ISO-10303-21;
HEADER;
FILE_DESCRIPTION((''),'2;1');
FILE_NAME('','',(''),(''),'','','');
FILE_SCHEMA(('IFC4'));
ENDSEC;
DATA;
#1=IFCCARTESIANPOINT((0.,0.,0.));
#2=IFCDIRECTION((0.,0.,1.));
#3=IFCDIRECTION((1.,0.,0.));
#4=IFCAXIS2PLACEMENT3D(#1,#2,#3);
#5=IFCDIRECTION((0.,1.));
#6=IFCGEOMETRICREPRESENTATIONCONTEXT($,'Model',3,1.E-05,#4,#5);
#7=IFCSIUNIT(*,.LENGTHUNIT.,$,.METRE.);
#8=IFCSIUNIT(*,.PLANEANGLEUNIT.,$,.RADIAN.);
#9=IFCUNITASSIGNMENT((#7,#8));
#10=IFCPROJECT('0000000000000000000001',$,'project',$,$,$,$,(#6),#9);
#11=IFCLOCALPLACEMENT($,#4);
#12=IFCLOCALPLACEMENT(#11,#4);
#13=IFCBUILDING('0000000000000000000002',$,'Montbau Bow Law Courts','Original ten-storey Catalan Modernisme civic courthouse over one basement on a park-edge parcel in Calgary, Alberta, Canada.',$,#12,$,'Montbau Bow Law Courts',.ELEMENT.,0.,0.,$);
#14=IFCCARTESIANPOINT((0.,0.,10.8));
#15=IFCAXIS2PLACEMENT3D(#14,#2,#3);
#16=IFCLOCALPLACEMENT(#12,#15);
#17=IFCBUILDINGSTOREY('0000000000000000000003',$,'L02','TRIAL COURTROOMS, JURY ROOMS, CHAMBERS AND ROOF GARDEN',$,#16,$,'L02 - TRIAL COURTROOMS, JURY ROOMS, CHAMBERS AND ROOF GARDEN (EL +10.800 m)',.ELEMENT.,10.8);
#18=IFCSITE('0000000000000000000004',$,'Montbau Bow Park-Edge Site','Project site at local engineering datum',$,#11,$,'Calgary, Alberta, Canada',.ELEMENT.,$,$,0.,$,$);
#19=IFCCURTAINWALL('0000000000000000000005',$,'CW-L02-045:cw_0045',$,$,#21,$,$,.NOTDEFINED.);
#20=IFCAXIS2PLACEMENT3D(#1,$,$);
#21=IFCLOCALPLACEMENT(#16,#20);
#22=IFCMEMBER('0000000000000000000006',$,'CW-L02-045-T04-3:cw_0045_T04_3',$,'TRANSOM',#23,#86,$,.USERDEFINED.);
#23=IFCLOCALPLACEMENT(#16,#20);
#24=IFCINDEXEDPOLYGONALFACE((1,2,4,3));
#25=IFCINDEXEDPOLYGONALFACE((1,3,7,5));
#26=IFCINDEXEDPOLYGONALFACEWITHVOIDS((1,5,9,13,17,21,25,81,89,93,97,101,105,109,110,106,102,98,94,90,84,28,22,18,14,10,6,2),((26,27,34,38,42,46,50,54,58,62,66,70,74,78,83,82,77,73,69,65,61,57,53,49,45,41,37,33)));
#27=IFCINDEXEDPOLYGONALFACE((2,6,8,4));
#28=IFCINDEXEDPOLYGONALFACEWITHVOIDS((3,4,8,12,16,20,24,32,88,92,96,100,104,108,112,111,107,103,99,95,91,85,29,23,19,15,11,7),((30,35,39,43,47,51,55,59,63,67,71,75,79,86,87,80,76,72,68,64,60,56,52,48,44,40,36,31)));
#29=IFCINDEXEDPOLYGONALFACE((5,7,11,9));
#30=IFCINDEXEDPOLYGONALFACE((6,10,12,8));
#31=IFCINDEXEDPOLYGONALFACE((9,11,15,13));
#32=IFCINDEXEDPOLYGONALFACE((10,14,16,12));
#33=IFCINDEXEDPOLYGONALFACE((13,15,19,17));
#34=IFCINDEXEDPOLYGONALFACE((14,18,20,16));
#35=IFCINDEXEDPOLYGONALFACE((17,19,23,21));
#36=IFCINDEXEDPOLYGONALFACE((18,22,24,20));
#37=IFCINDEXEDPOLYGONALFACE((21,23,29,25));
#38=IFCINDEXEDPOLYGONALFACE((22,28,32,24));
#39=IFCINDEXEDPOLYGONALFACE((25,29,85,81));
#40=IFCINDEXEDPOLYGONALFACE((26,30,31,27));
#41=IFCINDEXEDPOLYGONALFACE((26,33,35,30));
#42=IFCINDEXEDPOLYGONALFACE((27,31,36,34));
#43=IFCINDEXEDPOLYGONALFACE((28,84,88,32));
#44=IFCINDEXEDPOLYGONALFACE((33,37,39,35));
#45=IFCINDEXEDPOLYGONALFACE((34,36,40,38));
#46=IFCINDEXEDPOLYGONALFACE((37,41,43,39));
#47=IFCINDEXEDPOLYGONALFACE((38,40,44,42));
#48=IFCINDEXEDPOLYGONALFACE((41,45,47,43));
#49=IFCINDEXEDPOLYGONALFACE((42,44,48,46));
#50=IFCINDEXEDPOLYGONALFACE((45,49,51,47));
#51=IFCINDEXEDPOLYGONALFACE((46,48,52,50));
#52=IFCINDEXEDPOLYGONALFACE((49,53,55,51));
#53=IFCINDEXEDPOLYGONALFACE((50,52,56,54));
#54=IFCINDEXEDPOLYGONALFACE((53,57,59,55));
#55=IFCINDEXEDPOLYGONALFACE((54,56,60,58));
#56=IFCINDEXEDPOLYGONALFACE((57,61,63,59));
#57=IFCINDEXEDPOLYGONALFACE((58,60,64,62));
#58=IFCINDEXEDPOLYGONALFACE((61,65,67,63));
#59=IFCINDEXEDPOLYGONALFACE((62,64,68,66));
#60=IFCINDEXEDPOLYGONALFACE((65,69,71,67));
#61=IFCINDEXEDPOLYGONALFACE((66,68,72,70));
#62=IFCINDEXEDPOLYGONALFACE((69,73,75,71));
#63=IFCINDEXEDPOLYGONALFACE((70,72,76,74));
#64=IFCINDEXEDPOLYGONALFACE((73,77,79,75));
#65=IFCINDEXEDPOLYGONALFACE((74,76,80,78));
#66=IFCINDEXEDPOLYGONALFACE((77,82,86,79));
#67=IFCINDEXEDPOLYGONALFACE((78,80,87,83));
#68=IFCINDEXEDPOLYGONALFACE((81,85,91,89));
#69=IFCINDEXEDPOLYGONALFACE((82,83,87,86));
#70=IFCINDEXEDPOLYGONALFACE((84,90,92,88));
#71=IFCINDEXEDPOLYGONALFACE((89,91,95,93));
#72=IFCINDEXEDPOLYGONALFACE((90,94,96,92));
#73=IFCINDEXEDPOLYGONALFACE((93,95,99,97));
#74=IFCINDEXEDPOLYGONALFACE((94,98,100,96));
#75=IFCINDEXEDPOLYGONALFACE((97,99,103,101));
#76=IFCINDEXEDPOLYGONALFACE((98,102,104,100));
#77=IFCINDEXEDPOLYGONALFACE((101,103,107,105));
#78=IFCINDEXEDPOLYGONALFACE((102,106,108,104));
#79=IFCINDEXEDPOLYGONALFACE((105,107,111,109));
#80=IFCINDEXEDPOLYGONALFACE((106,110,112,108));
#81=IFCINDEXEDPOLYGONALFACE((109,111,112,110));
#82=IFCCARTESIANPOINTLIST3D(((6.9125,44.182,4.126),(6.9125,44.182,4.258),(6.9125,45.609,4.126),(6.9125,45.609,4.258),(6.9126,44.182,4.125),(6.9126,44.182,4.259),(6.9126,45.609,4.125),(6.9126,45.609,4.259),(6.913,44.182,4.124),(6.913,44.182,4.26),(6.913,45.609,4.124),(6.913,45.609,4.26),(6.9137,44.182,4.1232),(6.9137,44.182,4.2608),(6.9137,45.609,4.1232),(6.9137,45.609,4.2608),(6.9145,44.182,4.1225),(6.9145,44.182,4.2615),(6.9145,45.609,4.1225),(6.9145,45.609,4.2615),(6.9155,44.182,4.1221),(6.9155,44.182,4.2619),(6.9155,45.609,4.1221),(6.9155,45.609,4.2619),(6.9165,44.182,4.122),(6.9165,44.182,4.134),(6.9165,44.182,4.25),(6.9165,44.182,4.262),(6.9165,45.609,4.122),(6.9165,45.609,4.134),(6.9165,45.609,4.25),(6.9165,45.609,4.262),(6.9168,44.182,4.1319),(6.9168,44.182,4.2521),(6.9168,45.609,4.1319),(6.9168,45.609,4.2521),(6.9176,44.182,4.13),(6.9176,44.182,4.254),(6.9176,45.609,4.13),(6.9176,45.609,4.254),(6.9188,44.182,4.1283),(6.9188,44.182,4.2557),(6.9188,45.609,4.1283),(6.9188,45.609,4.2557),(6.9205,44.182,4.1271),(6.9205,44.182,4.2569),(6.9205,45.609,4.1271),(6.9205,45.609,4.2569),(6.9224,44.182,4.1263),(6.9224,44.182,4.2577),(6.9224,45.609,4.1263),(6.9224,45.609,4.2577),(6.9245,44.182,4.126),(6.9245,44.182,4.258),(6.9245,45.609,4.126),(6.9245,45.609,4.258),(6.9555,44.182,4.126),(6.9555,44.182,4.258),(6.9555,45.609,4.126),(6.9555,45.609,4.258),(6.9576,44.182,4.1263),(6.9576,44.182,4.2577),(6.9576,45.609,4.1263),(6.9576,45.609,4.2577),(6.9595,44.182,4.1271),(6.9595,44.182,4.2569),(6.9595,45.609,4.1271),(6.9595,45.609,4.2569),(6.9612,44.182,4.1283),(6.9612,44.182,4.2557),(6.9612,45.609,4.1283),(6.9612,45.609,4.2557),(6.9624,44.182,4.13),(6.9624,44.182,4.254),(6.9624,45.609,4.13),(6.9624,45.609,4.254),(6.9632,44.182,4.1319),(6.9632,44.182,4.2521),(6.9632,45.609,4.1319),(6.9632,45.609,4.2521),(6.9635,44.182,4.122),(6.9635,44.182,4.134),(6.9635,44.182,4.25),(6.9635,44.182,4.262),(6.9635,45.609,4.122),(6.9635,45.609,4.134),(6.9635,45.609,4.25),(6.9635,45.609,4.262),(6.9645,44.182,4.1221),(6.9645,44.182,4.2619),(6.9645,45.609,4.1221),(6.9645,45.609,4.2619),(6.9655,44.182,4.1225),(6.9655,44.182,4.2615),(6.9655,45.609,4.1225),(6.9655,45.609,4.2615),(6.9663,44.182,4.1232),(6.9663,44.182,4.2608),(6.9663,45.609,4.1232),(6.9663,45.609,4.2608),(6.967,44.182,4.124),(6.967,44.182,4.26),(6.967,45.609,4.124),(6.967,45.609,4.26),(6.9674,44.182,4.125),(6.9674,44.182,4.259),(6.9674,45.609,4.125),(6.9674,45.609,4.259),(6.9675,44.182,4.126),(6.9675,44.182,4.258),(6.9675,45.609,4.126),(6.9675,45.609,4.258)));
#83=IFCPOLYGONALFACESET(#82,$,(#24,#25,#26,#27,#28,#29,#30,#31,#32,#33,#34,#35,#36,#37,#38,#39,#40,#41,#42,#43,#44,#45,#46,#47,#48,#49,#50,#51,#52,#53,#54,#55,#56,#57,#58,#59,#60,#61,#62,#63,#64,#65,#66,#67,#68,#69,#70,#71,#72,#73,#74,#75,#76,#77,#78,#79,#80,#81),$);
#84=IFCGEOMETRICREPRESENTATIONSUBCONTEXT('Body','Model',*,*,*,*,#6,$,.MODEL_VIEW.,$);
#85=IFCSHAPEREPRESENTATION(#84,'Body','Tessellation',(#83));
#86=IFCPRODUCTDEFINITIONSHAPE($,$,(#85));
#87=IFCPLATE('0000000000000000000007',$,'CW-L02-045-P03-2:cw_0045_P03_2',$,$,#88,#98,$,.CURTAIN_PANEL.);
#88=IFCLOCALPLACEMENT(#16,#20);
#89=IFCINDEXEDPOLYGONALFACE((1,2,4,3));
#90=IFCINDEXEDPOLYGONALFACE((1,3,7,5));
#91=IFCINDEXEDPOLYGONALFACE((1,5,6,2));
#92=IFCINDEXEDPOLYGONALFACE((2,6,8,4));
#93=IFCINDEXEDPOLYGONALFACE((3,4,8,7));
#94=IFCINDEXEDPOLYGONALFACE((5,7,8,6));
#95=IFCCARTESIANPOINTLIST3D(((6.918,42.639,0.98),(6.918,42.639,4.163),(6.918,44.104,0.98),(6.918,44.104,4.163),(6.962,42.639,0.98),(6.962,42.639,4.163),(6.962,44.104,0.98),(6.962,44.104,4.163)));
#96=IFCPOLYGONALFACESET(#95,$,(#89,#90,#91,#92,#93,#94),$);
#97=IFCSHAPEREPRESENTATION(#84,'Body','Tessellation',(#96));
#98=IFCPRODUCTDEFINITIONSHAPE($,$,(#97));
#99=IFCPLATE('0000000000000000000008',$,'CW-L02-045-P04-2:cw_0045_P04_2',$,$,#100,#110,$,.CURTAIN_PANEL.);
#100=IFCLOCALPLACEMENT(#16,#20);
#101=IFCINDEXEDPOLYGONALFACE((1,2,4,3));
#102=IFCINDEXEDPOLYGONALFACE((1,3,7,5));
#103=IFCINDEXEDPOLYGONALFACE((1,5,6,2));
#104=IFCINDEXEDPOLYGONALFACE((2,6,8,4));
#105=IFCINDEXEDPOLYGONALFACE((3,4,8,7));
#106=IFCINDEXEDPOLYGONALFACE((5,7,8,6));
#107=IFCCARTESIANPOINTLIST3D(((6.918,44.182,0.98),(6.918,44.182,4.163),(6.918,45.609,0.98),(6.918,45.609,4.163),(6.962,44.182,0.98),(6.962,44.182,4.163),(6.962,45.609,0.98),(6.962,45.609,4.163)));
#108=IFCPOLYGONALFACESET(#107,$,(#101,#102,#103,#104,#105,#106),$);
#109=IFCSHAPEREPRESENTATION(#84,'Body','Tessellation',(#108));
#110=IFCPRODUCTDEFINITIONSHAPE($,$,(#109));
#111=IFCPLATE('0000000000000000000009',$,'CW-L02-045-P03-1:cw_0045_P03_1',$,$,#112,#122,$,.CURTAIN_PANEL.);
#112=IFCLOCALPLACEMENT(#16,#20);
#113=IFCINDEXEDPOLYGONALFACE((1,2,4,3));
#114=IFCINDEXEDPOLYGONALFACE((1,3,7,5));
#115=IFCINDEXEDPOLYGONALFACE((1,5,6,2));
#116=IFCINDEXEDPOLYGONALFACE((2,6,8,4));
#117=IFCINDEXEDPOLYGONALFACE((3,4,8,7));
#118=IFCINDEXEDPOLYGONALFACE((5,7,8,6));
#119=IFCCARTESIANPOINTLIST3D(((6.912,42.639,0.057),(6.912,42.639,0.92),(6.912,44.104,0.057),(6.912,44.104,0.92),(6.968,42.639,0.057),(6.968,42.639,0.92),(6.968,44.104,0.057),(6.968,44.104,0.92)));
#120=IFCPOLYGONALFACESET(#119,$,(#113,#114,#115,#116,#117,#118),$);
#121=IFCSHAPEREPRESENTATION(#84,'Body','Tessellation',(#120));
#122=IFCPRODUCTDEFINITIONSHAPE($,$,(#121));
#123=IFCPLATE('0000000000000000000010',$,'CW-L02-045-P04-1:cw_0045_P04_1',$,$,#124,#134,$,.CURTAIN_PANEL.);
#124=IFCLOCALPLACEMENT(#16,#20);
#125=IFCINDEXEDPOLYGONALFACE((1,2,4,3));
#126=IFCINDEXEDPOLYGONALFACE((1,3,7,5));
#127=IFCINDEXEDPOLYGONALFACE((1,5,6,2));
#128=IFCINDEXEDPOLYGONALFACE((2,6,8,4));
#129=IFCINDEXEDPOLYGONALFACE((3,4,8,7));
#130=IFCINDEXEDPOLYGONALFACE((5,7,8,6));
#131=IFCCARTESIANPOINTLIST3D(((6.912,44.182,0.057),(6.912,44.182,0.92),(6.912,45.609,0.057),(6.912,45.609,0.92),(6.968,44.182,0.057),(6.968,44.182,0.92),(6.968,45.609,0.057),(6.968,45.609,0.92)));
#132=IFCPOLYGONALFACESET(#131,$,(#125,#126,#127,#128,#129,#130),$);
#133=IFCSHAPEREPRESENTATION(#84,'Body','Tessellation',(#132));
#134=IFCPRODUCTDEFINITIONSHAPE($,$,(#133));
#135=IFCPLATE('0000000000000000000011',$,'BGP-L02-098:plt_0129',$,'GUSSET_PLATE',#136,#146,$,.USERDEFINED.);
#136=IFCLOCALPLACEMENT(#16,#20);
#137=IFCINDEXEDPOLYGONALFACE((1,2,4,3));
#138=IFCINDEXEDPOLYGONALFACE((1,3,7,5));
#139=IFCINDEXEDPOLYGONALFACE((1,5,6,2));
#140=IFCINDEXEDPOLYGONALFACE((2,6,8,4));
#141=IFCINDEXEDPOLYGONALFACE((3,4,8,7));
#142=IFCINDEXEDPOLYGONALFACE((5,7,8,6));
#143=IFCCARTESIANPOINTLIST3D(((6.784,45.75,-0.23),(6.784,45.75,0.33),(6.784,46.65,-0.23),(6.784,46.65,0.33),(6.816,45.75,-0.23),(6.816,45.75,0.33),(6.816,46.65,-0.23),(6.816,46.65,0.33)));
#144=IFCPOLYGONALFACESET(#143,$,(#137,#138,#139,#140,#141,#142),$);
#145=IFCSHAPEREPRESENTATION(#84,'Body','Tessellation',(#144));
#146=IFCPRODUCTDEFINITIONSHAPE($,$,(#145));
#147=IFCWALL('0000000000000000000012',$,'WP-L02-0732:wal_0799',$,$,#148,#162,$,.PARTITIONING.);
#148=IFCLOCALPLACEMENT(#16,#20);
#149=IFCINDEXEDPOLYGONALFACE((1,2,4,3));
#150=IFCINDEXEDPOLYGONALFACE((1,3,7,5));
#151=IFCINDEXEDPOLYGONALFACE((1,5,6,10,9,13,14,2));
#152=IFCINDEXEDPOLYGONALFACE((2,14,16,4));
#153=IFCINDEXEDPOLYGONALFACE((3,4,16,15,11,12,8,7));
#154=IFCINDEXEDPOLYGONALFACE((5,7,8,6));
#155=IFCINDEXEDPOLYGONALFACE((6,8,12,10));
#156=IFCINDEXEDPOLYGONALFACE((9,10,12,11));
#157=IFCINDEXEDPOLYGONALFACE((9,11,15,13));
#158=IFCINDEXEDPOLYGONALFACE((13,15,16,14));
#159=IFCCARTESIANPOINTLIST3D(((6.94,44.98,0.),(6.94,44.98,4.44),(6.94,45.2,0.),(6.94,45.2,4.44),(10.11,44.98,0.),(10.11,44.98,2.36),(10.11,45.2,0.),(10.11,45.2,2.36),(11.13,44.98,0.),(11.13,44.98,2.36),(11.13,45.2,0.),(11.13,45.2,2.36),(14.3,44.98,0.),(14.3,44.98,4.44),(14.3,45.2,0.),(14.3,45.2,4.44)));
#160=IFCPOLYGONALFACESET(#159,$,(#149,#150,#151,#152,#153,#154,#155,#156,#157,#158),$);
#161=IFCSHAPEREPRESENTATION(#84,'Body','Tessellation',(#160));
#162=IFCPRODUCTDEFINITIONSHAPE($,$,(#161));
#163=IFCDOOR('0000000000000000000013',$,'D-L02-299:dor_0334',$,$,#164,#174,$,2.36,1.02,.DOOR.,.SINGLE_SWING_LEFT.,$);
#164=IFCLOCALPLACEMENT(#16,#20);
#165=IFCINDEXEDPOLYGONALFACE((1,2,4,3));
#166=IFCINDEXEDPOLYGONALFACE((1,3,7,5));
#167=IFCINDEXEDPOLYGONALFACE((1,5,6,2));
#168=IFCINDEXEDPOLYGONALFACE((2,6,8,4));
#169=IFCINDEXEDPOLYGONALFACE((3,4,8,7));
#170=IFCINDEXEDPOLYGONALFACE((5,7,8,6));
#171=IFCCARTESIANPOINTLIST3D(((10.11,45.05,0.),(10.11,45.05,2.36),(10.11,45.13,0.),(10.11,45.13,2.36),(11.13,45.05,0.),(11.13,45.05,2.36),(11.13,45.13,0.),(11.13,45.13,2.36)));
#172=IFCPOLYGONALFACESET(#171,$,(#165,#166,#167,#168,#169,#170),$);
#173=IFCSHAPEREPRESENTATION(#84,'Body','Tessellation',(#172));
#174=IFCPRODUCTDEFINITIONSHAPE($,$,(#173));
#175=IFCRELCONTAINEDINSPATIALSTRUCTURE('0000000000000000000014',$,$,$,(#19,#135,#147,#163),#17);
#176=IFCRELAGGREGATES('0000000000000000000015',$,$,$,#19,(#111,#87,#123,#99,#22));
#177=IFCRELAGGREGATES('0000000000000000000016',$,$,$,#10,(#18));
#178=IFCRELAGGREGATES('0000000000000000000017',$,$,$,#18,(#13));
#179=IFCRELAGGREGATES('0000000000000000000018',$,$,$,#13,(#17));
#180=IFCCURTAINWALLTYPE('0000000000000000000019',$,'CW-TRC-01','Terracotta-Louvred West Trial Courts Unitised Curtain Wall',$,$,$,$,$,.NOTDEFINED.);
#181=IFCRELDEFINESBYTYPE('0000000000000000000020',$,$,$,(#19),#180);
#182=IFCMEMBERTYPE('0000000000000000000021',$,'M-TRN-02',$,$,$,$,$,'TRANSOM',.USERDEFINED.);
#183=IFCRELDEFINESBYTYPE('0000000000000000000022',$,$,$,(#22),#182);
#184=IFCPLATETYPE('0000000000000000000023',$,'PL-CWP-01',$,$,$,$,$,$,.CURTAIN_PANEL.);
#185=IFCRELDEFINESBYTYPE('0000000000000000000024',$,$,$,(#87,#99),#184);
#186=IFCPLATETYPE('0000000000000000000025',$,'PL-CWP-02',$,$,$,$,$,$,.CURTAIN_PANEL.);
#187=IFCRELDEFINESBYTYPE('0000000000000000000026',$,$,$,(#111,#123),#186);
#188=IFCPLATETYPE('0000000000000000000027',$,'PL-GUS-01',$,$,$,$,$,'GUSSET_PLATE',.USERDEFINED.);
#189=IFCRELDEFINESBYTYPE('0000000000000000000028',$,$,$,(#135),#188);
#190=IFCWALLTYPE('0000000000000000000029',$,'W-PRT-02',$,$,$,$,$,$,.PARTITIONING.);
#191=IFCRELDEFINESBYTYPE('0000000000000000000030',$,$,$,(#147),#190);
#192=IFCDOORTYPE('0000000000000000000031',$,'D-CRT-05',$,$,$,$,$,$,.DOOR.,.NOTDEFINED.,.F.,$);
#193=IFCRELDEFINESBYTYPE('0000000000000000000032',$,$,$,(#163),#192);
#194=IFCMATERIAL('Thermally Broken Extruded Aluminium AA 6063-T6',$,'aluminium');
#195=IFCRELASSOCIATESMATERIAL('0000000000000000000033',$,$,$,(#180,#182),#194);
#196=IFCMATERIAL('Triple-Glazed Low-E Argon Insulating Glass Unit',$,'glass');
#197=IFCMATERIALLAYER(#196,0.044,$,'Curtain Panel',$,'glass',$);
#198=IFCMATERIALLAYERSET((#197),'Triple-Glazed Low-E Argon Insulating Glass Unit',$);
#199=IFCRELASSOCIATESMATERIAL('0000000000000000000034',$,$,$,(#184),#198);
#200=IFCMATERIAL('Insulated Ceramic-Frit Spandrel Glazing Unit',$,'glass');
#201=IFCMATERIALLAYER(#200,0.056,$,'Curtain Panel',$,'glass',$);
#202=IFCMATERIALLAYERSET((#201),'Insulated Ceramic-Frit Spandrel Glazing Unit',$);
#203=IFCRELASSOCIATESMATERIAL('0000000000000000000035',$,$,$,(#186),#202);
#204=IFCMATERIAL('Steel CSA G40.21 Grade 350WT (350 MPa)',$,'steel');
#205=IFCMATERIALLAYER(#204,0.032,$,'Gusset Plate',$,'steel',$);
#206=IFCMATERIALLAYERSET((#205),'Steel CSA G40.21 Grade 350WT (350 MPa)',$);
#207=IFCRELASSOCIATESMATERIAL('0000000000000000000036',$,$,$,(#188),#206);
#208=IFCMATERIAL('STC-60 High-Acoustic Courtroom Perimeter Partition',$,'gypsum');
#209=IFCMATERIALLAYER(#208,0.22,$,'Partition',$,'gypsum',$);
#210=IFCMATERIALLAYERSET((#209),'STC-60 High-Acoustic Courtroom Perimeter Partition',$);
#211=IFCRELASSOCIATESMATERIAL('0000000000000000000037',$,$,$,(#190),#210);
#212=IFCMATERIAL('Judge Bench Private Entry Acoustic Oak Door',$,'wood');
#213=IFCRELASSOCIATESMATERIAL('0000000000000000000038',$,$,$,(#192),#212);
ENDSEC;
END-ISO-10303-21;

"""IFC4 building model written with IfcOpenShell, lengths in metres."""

from ifc_helpers import new_model, si_unit, direction, frame, frame_2d, origin_with_axes, origin_2d_with_axis, place, context, subcontext, project, spatial, rectangle, hollow_rectangle, extrude, material, layer, layer_set, material_profile, profile_set, type_object, element, fill, aggregate, save


model = new_model("IFC4")

# Units and contexts
model_context = context("Model", 3, precision=1e-05, world=origin_with_axes(), true_north=direction((0.0, 1.0)))
body_context = subcontext(model_context, "Body", "Model", "MODEL_VIEW")
ifc_project = project(units=[si_unit("LENGTHUNIT", "METRE"), si_unit("PLANEANGLEUNIT", "RADIAN")], contexts=[model_context])

# Site, building, storey
site_placement = place(None, origin_with_axes())
site = spatial("IfcSite", under=ifc_project, at=site_placement, Name="Montbau Bow Park-Edge Site", Description="Project site at local engineering datum", LongName="Calgary, Alberta, Canada", CompositionType="ELEMENT", RefElevation=0.0)
building_placement = place(site_placement, origin_with_axes())
building = spatial("IfcBuilding", under=site, at=building_placement, Name="Montbau Bow Law Courts", Description="Original ten-storey Catalan Modernisme civic courthouse over one basement on a park-edge parcel in Calgary, Alberta, Canada.", LongName="Montbau Bow Law Courts", CompositionType="ELEMENT", ElevationOfRefHeight=0.0, ElevationOfTerrain=0.0)
storey_placement = place(building_placement, frame((0.0, 0.0, 10.8), z_axis=(0.0, 0.0, 1.0), x_axis=(1.0, 0.0, 0.0)))
storey = spatial("IfcBuildingStorey", under=building, at=storey_placement, Name="L02", Description="TRIAL COURTROOMS, JURY ROOMS, CHAMBERS AND ROOF GARDEN", LongName="L02 - TRIAL COURTROOMS, JURY ROOMS, CHAMBERS AND ROOF GARDEN (EL +10.800 m)", CompositionType="ELEMENT", Elevation=10.8)

# Shared definitions
ifc_material_1 = material(Name="Steel CSA G40.21 Grade 350WT (350 MPa)", Category="steel")

# Curtain wall, member, plates
ifc_material_2 = material(Name="Thermally Broken Extruded Aluminium AA 6063-T6", Category="aluminium")
curtain_wall_type = type_object("IfcCurtainWallType", Name="CW-TRC-01", Description="Terracotta-Louvred West Trial Courts Unitised Curtain Wall", PredefinedType="NOTDEFINED", material=ifc_material_2)
curtain_wall_placement = place(None, frame((6.94, 39.515, 10.8), z_axis=(0.0, 0.0, 1.0), x_axis=(1.0, 0.0, 0.0)))
curtain_wall = element("IfcCurtainWall", 1, at=curtain_wall_placement, inside=storey, type_object=curtain_wall_type, Name="CW-L02-045:cw_0045", PredefinedType="NOTDEFINED")
ifc_material_profile_1 = material_profile(ifc_material_2, hollow_rectangle(XDim=0.055, YDim=0.14, WallThickness=0.004, InnerFilletRadius=0.008, OuterFilletRadius=0.004, at=origin_2d_with_axis()), Name="CWT-140X55", Category="Main", Priority=0)
ifc_profile_set_1 = profile_set([ifc_material_profile_1], Name="Thermally Broken Extruded Aluminium AA 6063-T6")
member_type_1 = type_object("IfcMemberType", Name="M-TRN-02", ElementType="TRANSOM", PredefinedType="USERDEFINED", material=ifc_profile_set_1)
member_1_placement = place(None, frame((6.94, 44.182, 14.992), z_axis=(0.0, 1.0, 0.0), x_axis=(-1.0, 0.0, 0.0)))
member_1 = element("IfcMember", 2, at=member_1_placement, type_object=member_type_1, Name="CW-L02-045-T04-3:cw_0045_T04_3", ObjectType="TRANSOM", PredefinedType="USERDEFINED", context=body_context, shape_type="SweptSolid", body=[
    extrude(hollow_rectangle(XDim=0.055, YDim=0.14, WallThickness=0.004, InnerFilletRadius=0.008, OuterFilletRadius=0.004, at=origin_2d_with_axis()), origin_with_axes(), (0.0, 0.0, 1.0), 1.427),
])
ifc_material_3 = material(Name="Triple-Glazed Low-E Argon Insulating Glass Unit", Category="glass")
ifc_layer_1 = layer(ifc_material_3, 0.044, Name="Curtain Panel", Category="glass")
ifc_layer_set_1 = layer_set([ifc_layer_1], Name="Triple-Glazed Low-E Argon Insulating Glass Unit")
plate_type_1 = type_object("IfcPlateType", Name="PL-CWP-01", PredefinedType="CURTAIN_PANEL", material=ifc_layer_set_1)
plate_1_placement = place(None, frame((6.94, 42.639, 11.78), z_axis=(1.0, 0.0, 0.0), x_axis=(0.0, 1.0, 0.0)))
plate_1 = element("IfcPlate", 3, at=plate_1_placement, type_object=plate_type_1, Name="CW-L02-045-P03-2:cw_0045_P03_2", PredefinedType="CURTAIN_PANEL", context=body_context, shape_type="SweptSolid", body=[
    extrude(rectangle(XDim=1.465, YDim=3.183, at=frame_2d((0.7325, 1.5915), x_axis=(1.0, 0.0))), frame((0.0, 0.0, -0.022), z_axis=(0.0, 0.0, 1.0), x_axis=(1.0, 0.0, 0.0)), (0.0, 0.0, 1.0), 0.044),
])
plate_2_placement = place(None, frame((6.94, 44.182, 11.78), z_axis=(1.0, 0.0, 0.0), x_axis=(0.0, 1.0, 0.0)))
plate_2 = element("IfcPlate", 4, at=plate_2_placement, type_object=plate_type_1, Name="CW-L02-045-P04-2:cw_0045_P04_2", PredefinedType="CURTAIN_PANEL", context=body_context, shape_type="SweptSolid", body=[
    extrude(rectangle(XDim=1.427, YDim=3.183, at=frame_2d((0.7135, 1.5915), x_axis=(1.0, 0.0))), frame((0.0, 0.0, -0.022), z_axis=(0.0, 0.0, 1.0), x_axis=(1.0, 0.0, 0.0)), (0.0, 0.0, 1.0), 0.044),
])
ifc_material_4 = material(Name="Insulated Ceramic-Frit Spandrel Glazing Unit", Category="glass")
ifc_layer_2 = layer(ifc_material_4, 0.056, Name="Curtain Panel", Category="glass")
ifc_layer_set_2 = layer_set([ifc_layer_2], Name="Insulated Ceramic-Frit Spandrel Glazing Unit")
plate_type_2 = type_object("IfcPlateType", Name="PL-CWP-02", PredefinedType="CURTAIN_PANEL", material=ifc_layer_set_2)
plate_3_placement = place(None, frame((6.94, 42.639, 10.857), z_axis=(1.0, 0.0, 0.0), x_axis=(0.0, 1.0, 0.0)))
plate_3 = element("IfcPlate", 5, at=plate_3_placement, type_object=plate_type_2, Name="CW-L02-045-P03-1:cw_0045_P03_1", PredefinedType="CURTAIN_PANEL", context=body_context, shape_type="SweptSolid", body=[
    extrude(rectangle(XDim=1.465, YDim=0.863, at=frame_2d((0.7325, 0.4315), x_axis=(1.0, 0.0))), frame((0.0, 0.0, -0.028), z_axis=(0.0, 0.0, 1.0), x_axis=(1.0, 0.0, 0.0)), (0.0, 0.0, 1.0), 0.056),
])
plate_4_placement = place(None, frame((6.94, 44.182, 10.857), z_axis=(1.0, 0.0, 0.0), x_axis=(0.0, 1.0, 0.0)))
plate_4 = element("IfcPlate", 6, at=plate_4_placement, type_object=plate_type_2, Name="CW-L02-045-P04-1:cw_0045_P04_1", PredefinedType="CURTAIN_PANEL", context=body_context, shape_type="SweptSolid", body=[
    extrude(rectangle(XDim=1.427, YDim=0.863, at=frame_2d((0.7135, 0.4315), x_axis=(1.0, 0.0))), frame((0.0, 0.0, -0.028), z_axis=(0.0, 0.0, 1.0), x_axis=(1.0, 0.0, 0.0)), (0.0, 0.0, 1.0), 0.056),
])
aggregate(curtain_wall, [plate_3, plate_1, plate_4, plate_2, member_1])

# Plate
ifc_layer_3 = layer(ifc_material_1, 0.032, Name="Gusset Plate", Category="steel")
ifc_layer_set_3 = layer_set([ifc_layer_3], Name="Steel CSA G40.21 Grade 350WT (350 MPa)")
plate_type_3 = type_object("IfcPlateType", Name="PL-GUS-01", ElementType="GUSSET_PLATE", PredefinedType="USERDEFINED", material=ifc_layer_set_3)
plate_5_placement = place(None, frame((6.8, 46.2, 10.57), z_axis=(0.0, 0.0, 1.0), x_axis=(0.0, 1.0, 0.0)))
element("IfcPlate", 7, at=plate_5_placement, inside=storey, type_object=plate_type_3, Name="BGP-L02-098:plt_0129", ObjectType="GUSSET_PLATE", PredefinedType="USERDEFINED", context=body_context, shape_type="SweptSolid", body=[
    extrude(rectangle(XDim=0.9, YDim=0.032, at=origin_2d_with_axis()), origin_with_axes(), (0.0, 0.0, 1.0), 0.56),
])

# Wall, opening, door
ifc_material_5 = material(Name="STC-60 High-Acoustic Courtroom Perimeter Partition", Category="gypsum")
ifc_layer_4 = layer(ifc_material_5, 0.22, Name="Partition", Category="gypsum")
ifc_layer_set_4 = layer_set([ifc_layer_4], Name="STC-60 High-Acoustic Courtroom Perimeter Partition")
wall_type = type_object("IfcWallType", Name="W-PRT-02", PredefinedType="PARTITIONING", material=ifc_layer_set_4)
wall_placement = place(None, frame((6.94, 45.09, 10.8), z_axis=(0.0, 0.0, 1.0), x_axis=(1.0, 0.0, 0.0)))
wall = element("IfcWall", 8, at=wall_placement, inside=storey, type_object=wall_type, Name="WP-L02-0732:wal_0799", PredefinedType="PARTITIONING", context=body_context, shape_type="SweptSolid", body=[
    extrude(rectangle(XDim=7.36, YDim=0.22, at=frame_2d((3.68, 0.0), x_axis=(1.0, 0.0))), origin_with_axes(), (0.0, 0.0, 1.0), 4.44),
])
opening_placement = place(None, frame((10.62, 45.09, 10.8), z_axis=(0.0, 0.0, 1.0), x_axis=(1.0, 0.0, 0.0)))
opening = element("IfcOpeningElement", 9, at=opening_placement, cuts=wall, PredefinedType="OPENING", context=body_context, shape_type="SweptSolid", body=[
    extrude(rectangle(XDim=1.02, YDim=2.36, at=frame_2d((0.0, 1.18), x_axis=(1.0, 0.0))), frame((0.0, 0.12, 0.0), z_axis=(0.0, -1.0, 0.0), x_axis=(1.0, 0.0, 0.0)), (0.0, 0.0, 1.0), 0.24),
])
ifc_material_6 = material(Name="Judge Bench Private Entry Acoustic Oak Door", Category="wood")
door_type = type_object("IfcDoorType", Name="D-CRT-05", OperationType="NOTDEFINED", ParameterTakesPrecedence=False, PredefinedType="DOOR", material=ifc_material_6)
door_placement = place(None, frame((10.62, 45.09, 10.8), z_axis=(0.0, 0.0, 1.0), x_axis=(-1.0, 0.0, 0.0)))
door = element("IfcDoor", 10, at=door_placement, inside=storey, type_object=door_type, Name="D-L02-299:dor_0334", OperationType="SINGLE_SWING_LEFT", OverallHeight=2.36, OverallWidth=1.02, PredefinedType="DOOR", context=body_context, shape_type="SweptSolid", body=[
    extrude(rectangle(XDim=1.02, YDim=2.36, at=frame_2d((0.0, 1.18), x_axis=(1.0, 0.0))), frame((0.0, 0.04, 0.0), z_axis=(0.0, -1.0, 0.0), x_axis=(1.0, 0.0, 0.0)), (0.0, 0.0, 1.0), 0.08),
])
fill(opening, door)

save(model, "model.ifc")
